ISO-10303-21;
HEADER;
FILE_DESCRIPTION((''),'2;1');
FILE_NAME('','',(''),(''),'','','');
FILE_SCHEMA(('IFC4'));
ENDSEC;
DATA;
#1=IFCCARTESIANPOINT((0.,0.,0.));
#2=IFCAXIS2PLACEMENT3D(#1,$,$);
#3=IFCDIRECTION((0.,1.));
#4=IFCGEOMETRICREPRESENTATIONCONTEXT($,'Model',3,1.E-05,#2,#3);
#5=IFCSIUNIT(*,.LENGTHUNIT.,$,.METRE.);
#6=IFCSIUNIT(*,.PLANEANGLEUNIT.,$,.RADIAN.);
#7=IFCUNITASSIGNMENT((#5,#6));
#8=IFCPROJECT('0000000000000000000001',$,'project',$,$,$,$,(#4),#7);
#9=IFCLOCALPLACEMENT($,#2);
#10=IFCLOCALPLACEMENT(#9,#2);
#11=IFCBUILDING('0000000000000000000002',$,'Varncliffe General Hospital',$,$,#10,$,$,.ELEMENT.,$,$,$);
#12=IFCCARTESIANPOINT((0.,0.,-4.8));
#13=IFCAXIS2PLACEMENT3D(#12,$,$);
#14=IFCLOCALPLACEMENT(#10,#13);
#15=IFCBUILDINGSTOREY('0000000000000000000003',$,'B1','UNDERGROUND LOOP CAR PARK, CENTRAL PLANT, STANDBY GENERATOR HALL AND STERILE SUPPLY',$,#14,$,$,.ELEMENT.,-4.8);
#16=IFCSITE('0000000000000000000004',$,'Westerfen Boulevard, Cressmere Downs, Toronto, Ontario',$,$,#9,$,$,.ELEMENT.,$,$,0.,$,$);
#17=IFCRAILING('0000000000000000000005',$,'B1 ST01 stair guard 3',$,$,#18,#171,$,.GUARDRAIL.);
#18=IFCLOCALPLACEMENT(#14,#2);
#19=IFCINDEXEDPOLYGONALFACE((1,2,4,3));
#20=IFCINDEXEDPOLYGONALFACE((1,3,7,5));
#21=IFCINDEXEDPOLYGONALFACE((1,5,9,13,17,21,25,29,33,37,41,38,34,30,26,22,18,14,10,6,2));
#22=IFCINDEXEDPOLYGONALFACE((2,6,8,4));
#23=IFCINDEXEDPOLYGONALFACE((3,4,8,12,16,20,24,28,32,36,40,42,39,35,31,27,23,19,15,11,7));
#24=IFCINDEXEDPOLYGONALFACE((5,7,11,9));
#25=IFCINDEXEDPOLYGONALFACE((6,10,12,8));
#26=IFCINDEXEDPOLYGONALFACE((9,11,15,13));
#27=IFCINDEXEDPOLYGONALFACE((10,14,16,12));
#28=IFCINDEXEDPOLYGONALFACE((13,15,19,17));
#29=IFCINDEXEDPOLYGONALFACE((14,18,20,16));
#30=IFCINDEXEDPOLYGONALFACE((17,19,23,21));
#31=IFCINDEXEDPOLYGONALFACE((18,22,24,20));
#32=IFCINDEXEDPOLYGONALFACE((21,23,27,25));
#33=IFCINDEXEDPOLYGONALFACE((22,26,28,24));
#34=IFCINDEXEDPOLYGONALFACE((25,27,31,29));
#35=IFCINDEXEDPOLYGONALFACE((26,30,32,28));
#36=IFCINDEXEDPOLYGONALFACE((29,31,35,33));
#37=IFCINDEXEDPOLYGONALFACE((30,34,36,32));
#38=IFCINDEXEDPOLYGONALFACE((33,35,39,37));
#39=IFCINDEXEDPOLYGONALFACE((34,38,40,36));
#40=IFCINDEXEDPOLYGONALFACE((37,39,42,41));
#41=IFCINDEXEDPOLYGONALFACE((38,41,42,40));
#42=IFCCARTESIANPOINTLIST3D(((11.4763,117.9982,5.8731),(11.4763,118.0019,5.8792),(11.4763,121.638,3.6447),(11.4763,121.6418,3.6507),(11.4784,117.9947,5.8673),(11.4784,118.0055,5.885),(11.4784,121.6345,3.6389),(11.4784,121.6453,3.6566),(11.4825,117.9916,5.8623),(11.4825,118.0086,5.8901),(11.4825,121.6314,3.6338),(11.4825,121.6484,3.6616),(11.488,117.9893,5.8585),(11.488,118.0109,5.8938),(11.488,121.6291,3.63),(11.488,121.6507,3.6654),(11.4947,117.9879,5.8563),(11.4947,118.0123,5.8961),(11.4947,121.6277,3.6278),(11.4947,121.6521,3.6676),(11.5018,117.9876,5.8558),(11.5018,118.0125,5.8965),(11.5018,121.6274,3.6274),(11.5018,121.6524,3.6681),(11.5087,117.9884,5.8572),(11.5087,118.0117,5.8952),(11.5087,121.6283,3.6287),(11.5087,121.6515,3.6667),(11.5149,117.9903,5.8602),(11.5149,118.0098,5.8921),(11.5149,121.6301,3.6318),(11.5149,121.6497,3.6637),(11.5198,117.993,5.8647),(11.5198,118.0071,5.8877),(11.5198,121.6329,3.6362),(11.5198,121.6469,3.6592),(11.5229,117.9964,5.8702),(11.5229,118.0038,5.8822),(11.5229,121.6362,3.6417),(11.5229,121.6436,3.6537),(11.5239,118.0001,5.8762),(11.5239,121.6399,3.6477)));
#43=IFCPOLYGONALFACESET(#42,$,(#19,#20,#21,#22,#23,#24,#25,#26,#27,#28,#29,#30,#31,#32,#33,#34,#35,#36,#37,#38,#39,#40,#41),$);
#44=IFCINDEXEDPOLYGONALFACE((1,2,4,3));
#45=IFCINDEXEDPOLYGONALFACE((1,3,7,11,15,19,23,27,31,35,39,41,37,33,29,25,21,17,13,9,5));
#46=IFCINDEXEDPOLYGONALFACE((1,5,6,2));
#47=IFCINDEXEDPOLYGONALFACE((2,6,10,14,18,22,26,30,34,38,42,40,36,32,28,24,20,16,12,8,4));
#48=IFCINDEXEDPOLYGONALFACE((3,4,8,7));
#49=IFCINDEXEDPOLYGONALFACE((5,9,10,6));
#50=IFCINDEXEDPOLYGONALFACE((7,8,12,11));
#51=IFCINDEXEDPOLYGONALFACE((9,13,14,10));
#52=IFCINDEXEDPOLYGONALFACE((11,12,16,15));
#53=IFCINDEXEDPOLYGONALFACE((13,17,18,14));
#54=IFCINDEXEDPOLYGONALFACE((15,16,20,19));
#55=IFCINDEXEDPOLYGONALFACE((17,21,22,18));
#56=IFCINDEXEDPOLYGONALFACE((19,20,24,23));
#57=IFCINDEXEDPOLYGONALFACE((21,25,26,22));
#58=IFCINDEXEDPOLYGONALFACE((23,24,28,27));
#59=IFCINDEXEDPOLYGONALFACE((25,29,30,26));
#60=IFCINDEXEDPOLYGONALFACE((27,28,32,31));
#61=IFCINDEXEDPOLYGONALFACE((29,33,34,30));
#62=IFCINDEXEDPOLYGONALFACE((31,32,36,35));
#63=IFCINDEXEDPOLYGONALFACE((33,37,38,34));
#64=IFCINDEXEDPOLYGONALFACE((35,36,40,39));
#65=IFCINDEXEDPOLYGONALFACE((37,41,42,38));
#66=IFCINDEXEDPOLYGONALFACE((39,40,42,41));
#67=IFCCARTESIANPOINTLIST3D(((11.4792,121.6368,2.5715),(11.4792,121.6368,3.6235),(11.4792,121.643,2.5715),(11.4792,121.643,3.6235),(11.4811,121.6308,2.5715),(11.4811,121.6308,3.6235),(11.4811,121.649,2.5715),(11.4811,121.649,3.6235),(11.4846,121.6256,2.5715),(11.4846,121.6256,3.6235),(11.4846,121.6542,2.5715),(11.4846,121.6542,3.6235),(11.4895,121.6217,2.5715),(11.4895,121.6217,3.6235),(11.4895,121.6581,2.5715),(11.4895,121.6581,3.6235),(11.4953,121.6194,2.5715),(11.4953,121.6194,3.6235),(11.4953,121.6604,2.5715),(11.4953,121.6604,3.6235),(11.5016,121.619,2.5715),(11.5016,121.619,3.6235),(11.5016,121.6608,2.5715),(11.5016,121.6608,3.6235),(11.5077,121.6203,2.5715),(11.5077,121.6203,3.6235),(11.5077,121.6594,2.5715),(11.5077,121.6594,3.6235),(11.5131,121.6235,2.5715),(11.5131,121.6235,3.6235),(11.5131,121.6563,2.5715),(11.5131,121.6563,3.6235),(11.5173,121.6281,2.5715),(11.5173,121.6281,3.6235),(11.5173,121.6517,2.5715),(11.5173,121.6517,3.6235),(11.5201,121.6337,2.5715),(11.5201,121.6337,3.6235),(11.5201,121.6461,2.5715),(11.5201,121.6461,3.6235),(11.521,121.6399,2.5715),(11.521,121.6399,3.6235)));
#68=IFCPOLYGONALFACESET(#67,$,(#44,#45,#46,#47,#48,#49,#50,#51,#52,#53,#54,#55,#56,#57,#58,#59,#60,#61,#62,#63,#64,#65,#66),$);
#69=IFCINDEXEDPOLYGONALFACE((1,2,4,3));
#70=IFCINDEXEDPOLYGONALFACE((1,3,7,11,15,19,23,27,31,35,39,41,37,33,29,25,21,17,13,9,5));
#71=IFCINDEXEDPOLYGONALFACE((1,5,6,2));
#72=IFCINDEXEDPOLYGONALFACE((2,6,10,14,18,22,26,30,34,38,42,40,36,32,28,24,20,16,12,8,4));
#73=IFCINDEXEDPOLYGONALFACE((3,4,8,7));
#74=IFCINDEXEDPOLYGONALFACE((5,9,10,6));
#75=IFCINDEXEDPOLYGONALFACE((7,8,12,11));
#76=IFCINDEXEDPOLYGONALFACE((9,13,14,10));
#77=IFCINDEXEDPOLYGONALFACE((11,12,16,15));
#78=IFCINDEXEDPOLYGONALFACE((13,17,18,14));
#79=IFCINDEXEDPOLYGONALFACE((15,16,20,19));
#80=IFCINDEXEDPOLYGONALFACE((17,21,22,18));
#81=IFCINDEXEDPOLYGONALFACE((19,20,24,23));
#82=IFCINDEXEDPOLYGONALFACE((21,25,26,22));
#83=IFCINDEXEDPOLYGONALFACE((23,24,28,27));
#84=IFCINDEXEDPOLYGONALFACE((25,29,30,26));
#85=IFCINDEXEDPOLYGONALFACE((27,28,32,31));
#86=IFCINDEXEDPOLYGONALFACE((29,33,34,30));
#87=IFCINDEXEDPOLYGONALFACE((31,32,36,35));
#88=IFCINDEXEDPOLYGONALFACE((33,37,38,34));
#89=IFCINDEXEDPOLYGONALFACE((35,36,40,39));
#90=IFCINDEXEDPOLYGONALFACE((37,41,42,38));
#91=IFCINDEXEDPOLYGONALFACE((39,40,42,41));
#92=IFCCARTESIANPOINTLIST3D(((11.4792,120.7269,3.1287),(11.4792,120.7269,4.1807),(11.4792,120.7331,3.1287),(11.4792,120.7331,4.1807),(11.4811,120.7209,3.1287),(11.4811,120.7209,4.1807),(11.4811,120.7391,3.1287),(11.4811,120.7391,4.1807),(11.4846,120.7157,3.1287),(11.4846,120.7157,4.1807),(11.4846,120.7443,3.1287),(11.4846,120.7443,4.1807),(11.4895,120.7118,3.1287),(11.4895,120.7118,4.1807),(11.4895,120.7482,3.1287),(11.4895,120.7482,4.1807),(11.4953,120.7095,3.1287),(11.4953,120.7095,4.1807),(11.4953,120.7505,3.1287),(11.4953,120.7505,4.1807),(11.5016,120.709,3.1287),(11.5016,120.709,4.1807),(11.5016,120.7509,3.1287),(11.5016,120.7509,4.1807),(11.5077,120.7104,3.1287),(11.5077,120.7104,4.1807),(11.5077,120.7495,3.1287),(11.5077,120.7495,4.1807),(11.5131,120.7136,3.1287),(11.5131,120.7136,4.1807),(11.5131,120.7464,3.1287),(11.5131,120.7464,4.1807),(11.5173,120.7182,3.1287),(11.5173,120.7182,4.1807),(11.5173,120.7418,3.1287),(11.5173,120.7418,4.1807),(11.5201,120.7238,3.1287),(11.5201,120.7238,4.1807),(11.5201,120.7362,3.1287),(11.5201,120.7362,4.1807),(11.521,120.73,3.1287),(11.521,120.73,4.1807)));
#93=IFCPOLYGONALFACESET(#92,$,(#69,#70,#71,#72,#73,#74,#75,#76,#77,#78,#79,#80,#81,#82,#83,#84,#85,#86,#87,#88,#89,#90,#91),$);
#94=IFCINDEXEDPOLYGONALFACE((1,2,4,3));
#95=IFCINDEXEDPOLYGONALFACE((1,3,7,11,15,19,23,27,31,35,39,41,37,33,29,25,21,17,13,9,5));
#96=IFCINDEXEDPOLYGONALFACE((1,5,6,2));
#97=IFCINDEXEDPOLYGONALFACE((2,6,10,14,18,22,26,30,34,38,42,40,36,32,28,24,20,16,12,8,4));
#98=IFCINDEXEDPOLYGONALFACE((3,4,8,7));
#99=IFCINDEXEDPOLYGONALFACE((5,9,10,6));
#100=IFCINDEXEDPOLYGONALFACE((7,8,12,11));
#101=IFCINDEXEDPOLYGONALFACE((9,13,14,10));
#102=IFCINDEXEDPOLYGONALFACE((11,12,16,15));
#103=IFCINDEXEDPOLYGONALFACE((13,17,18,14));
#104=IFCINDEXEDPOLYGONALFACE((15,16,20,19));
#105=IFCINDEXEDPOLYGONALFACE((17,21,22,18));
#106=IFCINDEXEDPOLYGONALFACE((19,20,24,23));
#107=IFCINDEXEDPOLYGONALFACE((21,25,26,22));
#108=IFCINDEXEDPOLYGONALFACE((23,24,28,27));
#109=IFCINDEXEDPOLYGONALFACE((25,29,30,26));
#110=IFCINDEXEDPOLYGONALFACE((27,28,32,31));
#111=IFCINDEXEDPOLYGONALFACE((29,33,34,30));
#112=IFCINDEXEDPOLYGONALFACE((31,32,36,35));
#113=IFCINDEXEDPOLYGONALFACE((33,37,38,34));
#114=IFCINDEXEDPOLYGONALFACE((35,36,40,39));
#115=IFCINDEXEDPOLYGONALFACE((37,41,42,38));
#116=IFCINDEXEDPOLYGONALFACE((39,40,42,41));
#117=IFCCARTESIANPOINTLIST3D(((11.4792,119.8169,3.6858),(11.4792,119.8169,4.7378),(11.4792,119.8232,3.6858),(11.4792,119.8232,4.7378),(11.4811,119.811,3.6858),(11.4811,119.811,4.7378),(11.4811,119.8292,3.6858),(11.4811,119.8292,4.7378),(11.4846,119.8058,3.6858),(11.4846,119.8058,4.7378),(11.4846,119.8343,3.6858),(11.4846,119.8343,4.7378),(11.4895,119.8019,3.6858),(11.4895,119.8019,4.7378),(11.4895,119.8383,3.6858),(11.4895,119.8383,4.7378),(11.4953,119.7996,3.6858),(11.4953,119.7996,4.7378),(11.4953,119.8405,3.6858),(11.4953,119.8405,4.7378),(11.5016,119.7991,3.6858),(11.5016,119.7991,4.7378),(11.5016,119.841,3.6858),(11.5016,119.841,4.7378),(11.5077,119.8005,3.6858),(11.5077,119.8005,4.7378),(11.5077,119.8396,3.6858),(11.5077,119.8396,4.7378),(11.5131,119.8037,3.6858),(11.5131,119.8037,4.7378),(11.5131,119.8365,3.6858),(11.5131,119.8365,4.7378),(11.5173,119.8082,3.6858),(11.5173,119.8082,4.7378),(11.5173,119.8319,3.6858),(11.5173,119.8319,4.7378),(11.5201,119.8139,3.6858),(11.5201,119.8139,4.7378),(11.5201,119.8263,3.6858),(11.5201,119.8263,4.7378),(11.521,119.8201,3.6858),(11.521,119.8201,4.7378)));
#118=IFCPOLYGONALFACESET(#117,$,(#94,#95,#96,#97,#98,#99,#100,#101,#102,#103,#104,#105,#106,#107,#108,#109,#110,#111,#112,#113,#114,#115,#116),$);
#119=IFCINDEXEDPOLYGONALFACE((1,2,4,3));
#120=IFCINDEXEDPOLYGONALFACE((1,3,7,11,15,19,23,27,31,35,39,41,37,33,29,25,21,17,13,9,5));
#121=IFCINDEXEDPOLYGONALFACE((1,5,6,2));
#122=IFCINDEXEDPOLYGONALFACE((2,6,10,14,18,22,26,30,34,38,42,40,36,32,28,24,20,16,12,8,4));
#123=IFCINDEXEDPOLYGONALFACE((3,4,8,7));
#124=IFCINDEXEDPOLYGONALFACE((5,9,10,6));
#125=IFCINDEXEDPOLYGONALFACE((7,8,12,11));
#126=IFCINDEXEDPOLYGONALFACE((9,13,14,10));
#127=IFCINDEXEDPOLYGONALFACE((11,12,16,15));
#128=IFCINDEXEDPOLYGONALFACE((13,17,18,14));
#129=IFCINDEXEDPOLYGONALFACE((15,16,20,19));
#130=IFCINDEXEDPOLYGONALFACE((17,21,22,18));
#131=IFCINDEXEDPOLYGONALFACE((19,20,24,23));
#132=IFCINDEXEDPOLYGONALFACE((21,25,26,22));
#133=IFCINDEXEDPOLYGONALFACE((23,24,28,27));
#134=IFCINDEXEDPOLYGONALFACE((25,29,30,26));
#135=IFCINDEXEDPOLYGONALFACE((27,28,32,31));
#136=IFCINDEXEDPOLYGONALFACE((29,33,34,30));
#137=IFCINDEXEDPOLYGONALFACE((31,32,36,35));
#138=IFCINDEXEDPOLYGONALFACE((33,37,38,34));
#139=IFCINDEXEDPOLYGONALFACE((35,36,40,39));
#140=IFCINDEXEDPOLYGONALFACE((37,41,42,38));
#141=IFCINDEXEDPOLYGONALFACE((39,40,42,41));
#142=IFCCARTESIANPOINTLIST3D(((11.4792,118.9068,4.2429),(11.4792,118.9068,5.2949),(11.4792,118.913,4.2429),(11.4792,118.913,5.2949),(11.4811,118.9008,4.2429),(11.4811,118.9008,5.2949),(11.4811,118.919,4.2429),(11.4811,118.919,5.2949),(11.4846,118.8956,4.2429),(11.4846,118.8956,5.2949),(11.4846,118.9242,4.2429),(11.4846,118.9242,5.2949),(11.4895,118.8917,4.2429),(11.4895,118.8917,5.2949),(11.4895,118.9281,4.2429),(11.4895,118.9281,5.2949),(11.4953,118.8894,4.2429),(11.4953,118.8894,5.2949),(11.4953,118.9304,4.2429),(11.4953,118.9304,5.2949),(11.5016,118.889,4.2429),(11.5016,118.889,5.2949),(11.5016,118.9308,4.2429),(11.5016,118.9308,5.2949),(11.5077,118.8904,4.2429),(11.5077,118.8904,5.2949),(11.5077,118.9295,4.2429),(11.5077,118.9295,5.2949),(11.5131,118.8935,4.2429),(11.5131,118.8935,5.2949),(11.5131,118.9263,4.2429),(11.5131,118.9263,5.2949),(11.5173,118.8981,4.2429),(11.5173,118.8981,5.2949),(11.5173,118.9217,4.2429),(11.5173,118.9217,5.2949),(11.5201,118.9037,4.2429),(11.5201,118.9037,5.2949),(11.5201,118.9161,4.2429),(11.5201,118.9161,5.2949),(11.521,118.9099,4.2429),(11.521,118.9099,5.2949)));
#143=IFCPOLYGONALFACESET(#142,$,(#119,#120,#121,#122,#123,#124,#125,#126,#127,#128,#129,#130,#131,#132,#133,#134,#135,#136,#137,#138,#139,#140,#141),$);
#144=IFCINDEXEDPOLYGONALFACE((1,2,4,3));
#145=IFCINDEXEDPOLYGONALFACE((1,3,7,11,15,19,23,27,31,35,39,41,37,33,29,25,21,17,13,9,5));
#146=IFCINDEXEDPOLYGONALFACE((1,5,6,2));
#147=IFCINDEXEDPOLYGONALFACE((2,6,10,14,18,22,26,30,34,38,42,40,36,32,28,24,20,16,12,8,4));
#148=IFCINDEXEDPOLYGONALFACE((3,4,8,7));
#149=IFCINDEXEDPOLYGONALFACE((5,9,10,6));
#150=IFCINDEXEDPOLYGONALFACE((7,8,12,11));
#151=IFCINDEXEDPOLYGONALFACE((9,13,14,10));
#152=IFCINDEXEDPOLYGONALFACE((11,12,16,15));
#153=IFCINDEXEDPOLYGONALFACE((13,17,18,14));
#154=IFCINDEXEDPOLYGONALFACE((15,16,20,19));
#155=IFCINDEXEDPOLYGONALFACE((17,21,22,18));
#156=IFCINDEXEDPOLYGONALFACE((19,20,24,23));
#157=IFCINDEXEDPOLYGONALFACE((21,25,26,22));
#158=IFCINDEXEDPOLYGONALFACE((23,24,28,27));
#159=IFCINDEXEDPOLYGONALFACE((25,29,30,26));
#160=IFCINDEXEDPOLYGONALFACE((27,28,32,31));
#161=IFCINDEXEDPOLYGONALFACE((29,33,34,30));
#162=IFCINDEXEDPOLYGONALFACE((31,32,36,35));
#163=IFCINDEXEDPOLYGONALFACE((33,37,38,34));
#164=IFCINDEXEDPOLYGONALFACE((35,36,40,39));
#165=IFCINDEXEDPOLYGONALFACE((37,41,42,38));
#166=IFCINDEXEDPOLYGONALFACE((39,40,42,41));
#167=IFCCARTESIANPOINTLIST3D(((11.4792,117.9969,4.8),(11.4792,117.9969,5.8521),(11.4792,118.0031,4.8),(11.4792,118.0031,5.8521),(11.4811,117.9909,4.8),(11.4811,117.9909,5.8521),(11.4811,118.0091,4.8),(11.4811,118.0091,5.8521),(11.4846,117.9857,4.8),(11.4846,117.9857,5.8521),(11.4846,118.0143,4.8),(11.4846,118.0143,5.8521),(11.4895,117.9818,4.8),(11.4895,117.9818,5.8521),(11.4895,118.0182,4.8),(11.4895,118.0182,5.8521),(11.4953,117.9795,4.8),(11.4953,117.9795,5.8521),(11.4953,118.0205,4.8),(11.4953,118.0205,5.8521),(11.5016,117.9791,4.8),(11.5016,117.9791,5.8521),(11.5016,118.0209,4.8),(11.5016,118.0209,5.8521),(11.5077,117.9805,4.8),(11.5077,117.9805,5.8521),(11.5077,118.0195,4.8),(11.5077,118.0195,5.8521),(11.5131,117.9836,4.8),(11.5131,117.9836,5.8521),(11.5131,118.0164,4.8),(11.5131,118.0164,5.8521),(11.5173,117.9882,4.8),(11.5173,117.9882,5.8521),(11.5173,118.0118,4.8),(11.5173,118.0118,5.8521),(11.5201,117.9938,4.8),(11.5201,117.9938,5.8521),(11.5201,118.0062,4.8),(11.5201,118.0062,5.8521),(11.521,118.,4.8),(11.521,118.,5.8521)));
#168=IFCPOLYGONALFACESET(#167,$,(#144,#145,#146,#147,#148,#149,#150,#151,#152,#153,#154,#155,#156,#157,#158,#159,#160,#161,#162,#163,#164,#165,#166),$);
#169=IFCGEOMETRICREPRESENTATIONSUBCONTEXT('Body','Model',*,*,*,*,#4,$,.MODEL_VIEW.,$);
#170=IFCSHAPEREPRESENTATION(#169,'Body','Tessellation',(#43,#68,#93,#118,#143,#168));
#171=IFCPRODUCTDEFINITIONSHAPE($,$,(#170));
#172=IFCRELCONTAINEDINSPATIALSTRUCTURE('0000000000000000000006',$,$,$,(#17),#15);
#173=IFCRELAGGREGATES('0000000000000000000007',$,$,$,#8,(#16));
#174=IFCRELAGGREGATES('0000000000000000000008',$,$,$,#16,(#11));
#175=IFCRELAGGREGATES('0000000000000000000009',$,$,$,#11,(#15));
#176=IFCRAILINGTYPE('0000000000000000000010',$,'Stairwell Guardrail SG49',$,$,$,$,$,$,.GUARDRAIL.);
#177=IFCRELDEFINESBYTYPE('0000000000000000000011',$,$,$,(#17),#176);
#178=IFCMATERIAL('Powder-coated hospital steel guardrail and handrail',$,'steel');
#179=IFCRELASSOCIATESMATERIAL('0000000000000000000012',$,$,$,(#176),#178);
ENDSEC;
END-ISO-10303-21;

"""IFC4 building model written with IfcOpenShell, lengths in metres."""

from ifc_helpers import new_model, si_unit, direction, frame, origin, origin_2d, place, context, subcontext, project, spatial, circle, extrude, material, type_object, element, save


model = new_model("IFC4")

# Units and contexts
model_context = context("Model", 3, precision=1e-05, world=origin(), true_north=direction((0.0, 1.0)))
body_context = subcontext(model_context, "Body", "Model", "MODEL_VIEW")
ifc_project = project(units=[si_unit("LENGTHUNIT", "METRE"), si_unit("PLANEANGLEUNIT", "RADIAN")], contexts=[model_context])

# Site, building, storey
site_placement = place(None, origin())
site = spatial("IfcSite", under=ifc_project, at=site_placement, Name="Westerfen Boulevard, Cressmere Downs, Toronto, Ontario", CompositionType="ELEMENT", RefElevation=0.0)
building_placement = place(site_placement, origin())
building = spatial("IfcBuilding", under=site, at=building_placement, Name="Varncliffe General Hospital", CompositionType="ELEMENT")
storey_placement = place(building_placement, frame((0.0, 0.0, -4.8)))
storey = spatial("IfcBuildingStorey", under=building, at=storey_placement, Name="B1", Description="UNDERGROUND LOOP CAR PARK, CENTRAL PLANT, STANDBY GENERATOR HALL AND STERILE SUPPLY", CompositionType="ELEMENT", Elevation=-4.8)

# Railing
ifc_material_1 = material(Name="Powder-coated hospital steel guardrail and handrail", Category="steel")
railing_type_1 = type_object("IfcRailingType", Name="Stairwell Guardrail SG49", PredefinedType="GUARDRAIL", material=ifc_material_1)
railing_1_placement = place(storey_placement, frame((11.5, 121.6399, 2.5715)))
element("IfcRailing", 1, at=railing_1_placement, inside=storey, type_object=railing_type_1, Name="B1 ST01 stair guard 3", PredefinedType="GUARDRAIL", context=body_context, shape_type="SweptSolid", body=[
    extrude(circle(Radius=0.0239, at=origin_2d()), frame((0.0, 0.0, 1.0762), z_axis=(0.0, -0.85285, 0.522156), x_axis=(1.0, 0.0, 0.0)), (0.0, 0.0, 1.0), 4.2678),
    extrude(circle(Radius=0.021, at=origin_2d()), origin(), (0.0, 0.0, 1.0), 1.052),
    extrude(circle(Radius=0.021, at=origin_2d()), frame((0.0, -0.9099, 0.5571)), (0.0, 0.0, 1.0), 1.052),
    extrude(circle(Radius=0.021, at=origin_2d()), frame((0.0, -1.8198, 1.1143)), (0.0, 0.0, 1.0), 1.052),
    extrude(circle(Radius=0.021, at=origin_2d()), frame((0.0, -2.73, 1.6714)), (0.0, 0.0, 1.0), 1.052),
    extrude(circle(Radius=0.021, at=origin_2d()), frame((0.0, -3.6399, 2.2285)), (0.0, 0.0, 1.0), 1.052),
])

save(model, "model.ifc")
